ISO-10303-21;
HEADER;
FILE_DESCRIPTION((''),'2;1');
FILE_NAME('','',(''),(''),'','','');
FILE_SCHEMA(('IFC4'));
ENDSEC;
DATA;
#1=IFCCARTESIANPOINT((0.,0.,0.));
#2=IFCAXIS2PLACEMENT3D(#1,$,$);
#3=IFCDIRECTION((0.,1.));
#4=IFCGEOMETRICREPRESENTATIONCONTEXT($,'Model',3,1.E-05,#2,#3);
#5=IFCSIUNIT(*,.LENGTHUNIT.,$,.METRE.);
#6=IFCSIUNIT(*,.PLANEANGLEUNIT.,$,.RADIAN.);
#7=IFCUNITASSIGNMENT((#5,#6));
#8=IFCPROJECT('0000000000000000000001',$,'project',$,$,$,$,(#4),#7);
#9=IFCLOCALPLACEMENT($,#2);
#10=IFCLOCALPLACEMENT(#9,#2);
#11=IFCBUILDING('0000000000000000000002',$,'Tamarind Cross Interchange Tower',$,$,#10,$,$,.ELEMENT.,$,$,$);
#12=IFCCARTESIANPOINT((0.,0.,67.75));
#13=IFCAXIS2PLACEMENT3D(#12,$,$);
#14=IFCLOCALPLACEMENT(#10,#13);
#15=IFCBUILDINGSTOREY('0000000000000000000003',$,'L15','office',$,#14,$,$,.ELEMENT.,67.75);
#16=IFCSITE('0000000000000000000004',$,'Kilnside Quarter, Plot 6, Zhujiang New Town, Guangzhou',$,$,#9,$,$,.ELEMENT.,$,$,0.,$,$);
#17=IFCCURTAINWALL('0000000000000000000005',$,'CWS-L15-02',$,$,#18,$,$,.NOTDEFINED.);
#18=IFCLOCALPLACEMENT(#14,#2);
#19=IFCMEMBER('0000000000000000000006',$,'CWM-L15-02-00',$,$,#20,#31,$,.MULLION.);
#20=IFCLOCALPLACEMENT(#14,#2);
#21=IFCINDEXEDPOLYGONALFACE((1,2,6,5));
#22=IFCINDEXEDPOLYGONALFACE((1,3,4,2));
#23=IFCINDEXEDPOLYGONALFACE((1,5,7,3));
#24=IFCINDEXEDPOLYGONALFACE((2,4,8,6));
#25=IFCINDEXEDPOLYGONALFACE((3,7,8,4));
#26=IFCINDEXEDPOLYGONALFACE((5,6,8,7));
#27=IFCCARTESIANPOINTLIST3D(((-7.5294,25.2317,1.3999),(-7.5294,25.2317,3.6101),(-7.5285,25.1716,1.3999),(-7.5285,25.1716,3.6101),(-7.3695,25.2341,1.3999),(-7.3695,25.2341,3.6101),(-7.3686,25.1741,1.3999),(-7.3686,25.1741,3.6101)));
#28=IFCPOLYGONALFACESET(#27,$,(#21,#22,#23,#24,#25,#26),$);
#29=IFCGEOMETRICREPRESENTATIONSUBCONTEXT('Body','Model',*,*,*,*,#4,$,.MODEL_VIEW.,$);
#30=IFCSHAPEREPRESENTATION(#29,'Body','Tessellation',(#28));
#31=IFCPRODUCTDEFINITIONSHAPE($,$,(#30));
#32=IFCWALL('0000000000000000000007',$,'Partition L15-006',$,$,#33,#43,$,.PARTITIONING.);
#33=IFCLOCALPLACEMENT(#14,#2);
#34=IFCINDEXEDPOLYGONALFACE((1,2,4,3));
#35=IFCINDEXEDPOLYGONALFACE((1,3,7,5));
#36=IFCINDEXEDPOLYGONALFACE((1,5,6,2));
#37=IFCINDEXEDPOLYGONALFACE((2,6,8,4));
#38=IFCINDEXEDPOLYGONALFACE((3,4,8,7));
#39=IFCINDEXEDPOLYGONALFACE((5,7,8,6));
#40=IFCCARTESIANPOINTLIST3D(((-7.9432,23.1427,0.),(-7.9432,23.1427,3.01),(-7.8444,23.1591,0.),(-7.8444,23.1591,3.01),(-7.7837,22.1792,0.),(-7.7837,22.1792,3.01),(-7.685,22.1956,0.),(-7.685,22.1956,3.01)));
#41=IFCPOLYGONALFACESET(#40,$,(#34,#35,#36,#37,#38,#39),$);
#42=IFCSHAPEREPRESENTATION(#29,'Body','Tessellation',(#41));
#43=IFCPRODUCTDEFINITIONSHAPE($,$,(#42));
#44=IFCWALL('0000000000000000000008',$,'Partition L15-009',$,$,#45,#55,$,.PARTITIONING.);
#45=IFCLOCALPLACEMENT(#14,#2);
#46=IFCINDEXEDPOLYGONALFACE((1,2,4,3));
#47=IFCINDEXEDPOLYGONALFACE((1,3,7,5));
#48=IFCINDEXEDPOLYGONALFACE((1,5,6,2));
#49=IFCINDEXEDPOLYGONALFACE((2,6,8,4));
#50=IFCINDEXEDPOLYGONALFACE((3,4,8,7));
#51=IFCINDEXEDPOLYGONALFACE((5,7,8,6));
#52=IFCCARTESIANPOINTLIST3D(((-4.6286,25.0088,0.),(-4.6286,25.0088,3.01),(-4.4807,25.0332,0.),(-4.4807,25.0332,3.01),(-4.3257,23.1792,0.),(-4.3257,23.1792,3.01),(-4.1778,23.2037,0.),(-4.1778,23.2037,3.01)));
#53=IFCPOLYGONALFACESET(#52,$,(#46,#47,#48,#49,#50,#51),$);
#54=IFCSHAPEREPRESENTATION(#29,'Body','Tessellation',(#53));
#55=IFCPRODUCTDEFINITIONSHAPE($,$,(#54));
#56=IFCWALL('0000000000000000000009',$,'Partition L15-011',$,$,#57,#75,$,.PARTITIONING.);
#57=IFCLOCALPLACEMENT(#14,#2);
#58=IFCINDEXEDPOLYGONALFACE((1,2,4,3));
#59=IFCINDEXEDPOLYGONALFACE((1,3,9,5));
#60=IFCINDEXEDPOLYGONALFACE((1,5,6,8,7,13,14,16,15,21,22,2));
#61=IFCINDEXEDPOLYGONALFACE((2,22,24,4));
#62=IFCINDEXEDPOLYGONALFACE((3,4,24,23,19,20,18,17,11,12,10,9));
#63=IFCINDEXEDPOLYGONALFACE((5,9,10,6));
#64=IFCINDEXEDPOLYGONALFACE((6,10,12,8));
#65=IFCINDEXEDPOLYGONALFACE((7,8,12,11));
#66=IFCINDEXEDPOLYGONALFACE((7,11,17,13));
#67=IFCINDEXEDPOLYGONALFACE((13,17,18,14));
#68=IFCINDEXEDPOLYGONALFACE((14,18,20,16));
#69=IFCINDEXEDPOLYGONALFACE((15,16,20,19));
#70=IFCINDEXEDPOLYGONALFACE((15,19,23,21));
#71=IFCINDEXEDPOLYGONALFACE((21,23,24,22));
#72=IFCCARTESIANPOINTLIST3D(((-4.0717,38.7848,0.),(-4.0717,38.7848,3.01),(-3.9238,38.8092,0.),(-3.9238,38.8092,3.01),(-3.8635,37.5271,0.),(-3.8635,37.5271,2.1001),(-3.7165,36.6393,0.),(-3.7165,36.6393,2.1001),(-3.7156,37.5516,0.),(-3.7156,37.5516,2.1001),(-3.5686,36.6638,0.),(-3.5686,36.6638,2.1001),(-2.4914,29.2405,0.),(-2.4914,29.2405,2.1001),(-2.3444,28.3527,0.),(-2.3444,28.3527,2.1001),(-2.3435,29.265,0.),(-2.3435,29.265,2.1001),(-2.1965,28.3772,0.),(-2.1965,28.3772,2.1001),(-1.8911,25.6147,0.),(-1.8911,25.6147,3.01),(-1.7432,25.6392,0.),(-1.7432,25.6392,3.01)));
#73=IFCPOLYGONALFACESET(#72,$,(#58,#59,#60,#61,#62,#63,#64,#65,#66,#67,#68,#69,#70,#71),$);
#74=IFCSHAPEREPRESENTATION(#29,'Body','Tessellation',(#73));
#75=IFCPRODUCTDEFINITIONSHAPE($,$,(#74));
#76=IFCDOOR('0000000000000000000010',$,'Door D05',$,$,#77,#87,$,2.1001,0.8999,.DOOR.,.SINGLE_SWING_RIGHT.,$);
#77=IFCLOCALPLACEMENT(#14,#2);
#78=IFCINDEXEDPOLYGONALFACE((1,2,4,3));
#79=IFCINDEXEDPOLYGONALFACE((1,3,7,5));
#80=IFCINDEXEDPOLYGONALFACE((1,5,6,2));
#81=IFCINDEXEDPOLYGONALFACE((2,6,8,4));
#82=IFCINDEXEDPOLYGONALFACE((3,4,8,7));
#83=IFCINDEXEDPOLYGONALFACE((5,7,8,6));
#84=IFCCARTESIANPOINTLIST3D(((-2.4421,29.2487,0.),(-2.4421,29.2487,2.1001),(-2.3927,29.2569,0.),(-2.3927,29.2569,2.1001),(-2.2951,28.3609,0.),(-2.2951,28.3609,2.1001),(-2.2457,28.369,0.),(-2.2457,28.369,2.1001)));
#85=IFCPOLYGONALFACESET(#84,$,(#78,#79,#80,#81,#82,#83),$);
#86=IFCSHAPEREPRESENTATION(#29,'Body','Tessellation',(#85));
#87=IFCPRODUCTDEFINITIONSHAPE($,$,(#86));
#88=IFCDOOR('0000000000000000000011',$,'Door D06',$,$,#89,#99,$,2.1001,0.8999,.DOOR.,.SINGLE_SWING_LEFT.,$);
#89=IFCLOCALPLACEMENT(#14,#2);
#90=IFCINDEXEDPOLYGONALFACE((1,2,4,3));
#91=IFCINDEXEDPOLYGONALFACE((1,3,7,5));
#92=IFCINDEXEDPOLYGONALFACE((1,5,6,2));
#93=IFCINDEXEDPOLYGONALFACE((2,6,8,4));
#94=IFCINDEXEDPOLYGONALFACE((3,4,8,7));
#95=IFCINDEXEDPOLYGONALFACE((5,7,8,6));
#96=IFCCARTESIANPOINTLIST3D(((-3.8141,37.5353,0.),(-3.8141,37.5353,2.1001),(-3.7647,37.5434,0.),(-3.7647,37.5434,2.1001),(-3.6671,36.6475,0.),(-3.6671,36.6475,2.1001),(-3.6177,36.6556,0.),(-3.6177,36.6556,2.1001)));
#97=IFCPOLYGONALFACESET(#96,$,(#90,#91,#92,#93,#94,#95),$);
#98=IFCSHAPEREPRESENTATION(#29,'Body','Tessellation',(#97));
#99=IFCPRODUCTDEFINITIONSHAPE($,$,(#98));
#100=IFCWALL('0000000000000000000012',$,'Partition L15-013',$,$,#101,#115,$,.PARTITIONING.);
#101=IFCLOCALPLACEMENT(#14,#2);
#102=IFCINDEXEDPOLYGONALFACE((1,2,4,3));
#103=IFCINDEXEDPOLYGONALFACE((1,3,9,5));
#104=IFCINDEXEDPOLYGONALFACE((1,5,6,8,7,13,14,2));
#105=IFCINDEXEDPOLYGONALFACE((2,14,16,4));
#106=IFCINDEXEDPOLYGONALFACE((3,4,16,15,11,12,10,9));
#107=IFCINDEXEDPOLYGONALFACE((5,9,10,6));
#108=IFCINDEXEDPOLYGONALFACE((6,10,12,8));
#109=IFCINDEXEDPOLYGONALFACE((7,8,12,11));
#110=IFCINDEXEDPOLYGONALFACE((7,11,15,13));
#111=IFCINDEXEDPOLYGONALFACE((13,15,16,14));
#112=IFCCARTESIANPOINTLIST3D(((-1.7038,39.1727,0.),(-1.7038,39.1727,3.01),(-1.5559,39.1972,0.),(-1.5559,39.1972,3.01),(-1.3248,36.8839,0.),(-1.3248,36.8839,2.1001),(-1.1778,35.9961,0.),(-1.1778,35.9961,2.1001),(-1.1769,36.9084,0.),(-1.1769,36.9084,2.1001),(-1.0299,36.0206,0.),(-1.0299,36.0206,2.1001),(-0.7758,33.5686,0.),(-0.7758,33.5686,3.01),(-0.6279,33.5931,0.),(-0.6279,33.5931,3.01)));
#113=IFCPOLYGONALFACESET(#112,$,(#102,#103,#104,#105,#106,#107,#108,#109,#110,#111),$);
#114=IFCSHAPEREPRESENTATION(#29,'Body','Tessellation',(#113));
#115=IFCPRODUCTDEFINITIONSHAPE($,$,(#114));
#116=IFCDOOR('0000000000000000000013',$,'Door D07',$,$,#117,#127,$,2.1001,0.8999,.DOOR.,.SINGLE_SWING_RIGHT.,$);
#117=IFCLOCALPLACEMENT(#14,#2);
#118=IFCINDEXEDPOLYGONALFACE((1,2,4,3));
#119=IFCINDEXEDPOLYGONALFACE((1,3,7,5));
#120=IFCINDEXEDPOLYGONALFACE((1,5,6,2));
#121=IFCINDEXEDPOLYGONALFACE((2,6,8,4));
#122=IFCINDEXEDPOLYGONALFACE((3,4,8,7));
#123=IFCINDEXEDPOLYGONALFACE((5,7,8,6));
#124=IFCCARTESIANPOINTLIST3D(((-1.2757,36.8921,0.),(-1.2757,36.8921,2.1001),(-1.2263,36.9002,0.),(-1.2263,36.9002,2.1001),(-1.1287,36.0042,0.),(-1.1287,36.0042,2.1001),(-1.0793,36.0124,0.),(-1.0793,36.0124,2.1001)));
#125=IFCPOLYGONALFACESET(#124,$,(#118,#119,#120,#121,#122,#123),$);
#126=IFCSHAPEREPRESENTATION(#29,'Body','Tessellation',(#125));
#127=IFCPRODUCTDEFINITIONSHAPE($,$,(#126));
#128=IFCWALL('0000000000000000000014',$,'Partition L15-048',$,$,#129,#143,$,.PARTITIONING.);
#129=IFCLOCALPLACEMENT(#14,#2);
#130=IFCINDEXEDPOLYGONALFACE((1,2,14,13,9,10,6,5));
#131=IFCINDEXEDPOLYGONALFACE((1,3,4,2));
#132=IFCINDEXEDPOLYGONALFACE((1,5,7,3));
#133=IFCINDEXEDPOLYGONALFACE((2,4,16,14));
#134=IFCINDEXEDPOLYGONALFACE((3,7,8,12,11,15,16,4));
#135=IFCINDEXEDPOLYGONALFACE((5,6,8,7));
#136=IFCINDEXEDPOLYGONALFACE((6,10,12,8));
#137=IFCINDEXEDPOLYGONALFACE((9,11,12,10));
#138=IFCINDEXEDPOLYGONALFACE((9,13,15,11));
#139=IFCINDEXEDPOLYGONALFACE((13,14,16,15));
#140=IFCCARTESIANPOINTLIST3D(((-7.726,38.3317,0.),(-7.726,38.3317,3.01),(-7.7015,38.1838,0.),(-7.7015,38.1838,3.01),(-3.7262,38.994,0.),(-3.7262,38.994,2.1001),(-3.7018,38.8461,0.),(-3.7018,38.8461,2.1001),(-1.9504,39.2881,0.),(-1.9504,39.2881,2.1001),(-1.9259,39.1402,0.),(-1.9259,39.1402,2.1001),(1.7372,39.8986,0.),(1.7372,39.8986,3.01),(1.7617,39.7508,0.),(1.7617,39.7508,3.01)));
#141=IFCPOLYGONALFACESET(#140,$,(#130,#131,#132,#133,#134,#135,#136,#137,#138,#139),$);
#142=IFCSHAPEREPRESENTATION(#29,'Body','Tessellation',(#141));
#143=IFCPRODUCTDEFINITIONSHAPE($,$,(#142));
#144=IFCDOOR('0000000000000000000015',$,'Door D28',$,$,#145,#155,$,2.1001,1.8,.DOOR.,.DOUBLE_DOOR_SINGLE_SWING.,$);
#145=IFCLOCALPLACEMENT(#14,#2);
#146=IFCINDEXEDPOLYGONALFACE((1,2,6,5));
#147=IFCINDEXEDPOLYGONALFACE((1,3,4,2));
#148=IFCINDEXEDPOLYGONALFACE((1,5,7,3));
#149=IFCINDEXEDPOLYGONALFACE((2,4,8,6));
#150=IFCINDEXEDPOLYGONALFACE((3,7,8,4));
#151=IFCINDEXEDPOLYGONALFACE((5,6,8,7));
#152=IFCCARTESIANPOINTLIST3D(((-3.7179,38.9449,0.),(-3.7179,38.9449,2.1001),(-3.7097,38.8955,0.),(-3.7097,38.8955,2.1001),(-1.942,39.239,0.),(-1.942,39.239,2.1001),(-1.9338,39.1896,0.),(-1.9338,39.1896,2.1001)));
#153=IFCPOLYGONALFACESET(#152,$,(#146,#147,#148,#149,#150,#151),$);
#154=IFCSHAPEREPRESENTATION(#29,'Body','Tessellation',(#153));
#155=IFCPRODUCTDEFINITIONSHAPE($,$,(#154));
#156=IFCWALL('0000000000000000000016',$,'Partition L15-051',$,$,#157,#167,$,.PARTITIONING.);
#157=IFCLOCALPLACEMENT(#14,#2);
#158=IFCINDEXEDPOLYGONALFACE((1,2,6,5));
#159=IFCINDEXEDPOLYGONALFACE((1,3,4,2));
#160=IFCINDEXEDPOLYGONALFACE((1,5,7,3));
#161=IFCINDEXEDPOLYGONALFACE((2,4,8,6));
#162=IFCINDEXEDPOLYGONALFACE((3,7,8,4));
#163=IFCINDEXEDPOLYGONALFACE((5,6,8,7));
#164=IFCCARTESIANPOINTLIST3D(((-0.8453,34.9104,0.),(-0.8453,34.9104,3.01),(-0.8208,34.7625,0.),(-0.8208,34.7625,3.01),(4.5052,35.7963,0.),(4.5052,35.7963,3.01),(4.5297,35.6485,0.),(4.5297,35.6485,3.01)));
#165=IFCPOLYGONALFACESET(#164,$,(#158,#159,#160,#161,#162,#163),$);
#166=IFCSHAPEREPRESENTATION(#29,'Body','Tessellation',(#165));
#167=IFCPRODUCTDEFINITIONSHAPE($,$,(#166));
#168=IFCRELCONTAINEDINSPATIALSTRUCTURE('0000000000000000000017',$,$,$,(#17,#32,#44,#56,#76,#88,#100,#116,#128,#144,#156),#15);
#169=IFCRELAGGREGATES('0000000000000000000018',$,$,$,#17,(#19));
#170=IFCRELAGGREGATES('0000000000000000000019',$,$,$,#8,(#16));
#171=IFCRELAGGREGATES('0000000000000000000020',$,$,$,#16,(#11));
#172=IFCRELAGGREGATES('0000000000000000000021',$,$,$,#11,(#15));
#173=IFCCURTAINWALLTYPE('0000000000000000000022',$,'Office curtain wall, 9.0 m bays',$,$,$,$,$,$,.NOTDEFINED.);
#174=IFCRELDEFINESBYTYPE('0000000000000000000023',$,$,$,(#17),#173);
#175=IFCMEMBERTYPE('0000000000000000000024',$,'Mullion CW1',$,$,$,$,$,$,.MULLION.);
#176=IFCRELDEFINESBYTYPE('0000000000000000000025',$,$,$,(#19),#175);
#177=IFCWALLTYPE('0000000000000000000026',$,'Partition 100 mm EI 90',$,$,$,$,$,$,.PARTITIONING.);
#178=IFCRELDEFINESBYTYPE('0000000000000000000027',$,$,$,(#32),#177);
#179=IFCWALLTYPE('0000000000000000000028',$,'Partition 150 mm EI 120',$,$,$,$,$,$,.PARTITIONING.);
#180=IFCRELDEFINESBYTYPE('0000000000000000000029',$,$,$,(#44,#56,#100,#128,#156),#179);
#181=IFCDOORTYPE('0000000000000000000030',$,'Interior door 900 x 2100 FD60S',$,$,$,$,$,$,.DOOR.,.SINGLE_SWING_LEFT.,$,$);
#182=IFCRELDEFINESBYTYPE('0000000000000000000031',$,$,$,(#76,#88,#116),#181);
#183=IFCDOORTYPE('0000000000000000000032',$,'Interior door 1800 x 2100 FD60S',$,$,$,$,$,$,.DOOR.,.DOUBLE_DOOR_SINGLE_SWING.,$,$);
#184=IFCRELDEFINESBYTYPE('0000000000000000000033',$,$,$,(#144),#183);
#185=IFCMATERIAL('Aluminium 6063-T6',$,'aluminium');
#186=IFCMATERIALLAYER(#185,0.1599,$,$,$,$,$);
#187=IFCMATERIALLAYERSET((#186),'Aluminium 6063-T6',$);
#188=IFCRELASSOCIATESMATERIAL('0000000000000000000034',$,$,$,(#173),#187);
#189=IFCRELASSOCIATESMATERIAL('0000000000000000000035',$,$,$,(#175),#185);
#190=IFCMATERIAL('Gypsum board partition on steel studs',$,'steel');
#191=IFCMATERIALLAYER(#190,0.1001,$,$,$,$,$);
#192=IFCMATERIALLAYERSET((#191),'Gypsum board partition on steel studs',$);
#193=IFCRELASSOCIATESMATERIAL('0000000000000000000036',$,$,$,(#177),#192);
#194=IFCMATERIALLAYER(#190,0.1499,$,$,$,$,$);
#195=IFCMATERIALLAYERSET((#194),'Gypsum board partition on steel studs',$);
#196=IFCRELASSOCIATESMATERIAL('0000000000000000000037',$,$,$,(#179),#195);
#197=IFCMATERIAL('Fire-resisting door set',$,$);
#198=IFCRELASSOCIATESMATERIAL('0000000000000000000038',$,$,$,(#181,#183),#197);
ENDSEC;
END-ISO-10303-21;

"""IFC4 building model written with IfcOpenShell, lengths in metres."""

from ifc_helpers import new_model, si_unit, direction, frame, frame_2d, origin, origin_2d, place, context, subcontext, project, spatial, rectangle, extrude, material, layer, layer_set, material_profile, profile_set, type_object, element, fill, aggregate, save


model = new_model("IFC4")

# Units and contexts
model_context = context("Model", 3, precision=1e-05, world=origin(), true_north=direction((0.0, 1.0)))
body_context = subcontext(model_context, "Body", "Model", "MODEL_VIEW")
ifc_project = project(units=[si_unit("LENGTHUNIT", "METRE"), si_unit("PLANEANGLEUNIT", "RADIAN")], contexts=[model_context])

# Site, building, storey
site_placement = place(None, origin())
site = spatial("IfcSite", under=ifc_project, at=site_placement, Name="Kilnside Quarter, Plot 6, Zhujiang New Town, Guangzhou", CompositionType="ELEMENT", RefElevation=0.0)
building_placement = place(site_placement, origin())
building = spatial("IfcBuilding", under=site, at=building_placement, Name="Tamarind Cross Interchange Tower", CompositionType="ELEMENT")
storey_placement = place(building_placement, frame((0.0, 0.0, 67.75)))
storey = spatial("IfcBuildingStorey", under=building, at=storey_placement, Name="L15", Description="office", CompositionType="ELEMENT", Elevation=67.75)

# Curtain wall, member
ifc_material_1 = material(Name="Aluminium 6063-T6", Category="aluminium")
ifc_layer_1 = layer(ifc_material_1, 0.1599)
ifc_layer_set_1 = layer_set([ifc_layer_1], Name="Aluminium 6063-T6")
curtain_wall_type = type_object("IfcCurtainWallType", Name="Office curtain wall, 9.0 m bays", PredefinedType="NOTDEFINED", material=ifc_layer_set_1)
ifc_material_profile_1 = material_profile(ifc_material_1, rectangle(XDim=0.0601, YDim=0.1599, at=origin_2d()), Name="Mullion CW1")
ifc_profile_set_1 = profile_set([ifc_material_profile_1], Name="Aluminium 6063-T6")
member_type = type_object("IfcMemberType", Name="Mullion CW1", PredefinedType="MULLION", material=ifc_profile_set_1)
curtain_wall_1_placement = place(storey_placement, origin())
curtain_wall_1 = element("IfcCurtainWall", 1, at=curtain_wall_1_placement, inside=storey, type_object=curtain_wall_type, Name="CWS-L15-02", PredefinedType="NOTDEFINED")
member_1_placement = place(storey_placement, frame((-7.449, 25.2029, 1.3999), z_axis=(0.0, 0.0, 1.0), x_axis=(0.015281, -0.999883, 0.0)))
member_1 = element("IfcMember", 2, at=member_1_placement, type_object=member_type, Name="CWM-L15-02-00", PredefinedType="MULLION", context=body_context, shape_type="SweptSolid", body=[
    extrude(rectangle(XDim=0.0601, YDim=0.1599, at=origin_2d()), origin(), (0.0, 0.0, 1.0), 2.2102),
])
aggregate(curtain_wall_1, [member_1])

# Walls
ifc_material_2 = material(Name="Gypsum board partition on steel studs", Category="steel")
ifc_layer_2 = layer(ifc_material_2, 0.1001)
ifc_layer_set_2 = layer_set([ifc_layer_2], Name="Gypsum board partition on steel studs")
wall_type_1 = type_object("IfcWallType", Name="Partition 100 mm EI 90", PredefinedType="PARTITIONING", material=ifc_layer_set_2)
wall_1_placement = place(storey_placement, frame((-7.8938, 23.1509, 0.0), z_axis=(0.0, 0.0, 1.0), x_axis=(0.163264, -0.986582, 0.0)))
element("IfcWall", 3, at=wall_1_placement, inside=storey, type_object=wall_type_1, Name="Partition L15-006", PredefinedType="PARTITIONING", context=body_context, shape_type="SweptSolid", body=[
    extrude(rectangle(XDim=0.9766, YDim=0.1001, at=frame_2d((0.4883, 0.0))), origin(), (0.0, 0.0, 1.0), 3.01),
])
ifc_layer_3 = layer(ifc_material_2, 0.1499)
ifc_layer_set_3 = layer_set([ifc_layer_3], Name="Gypsum board partition on steel studs")
wall_type_2 = type_object("IfcWallType", Name="Partition 150 mm EI 120", PredefinedType="PARTITIONING", material=ifc_layer_set_3)
wall_2_placement = place(storey_placement, frame((-4.5547, 25.021, 0.0), z_axis=(0.0, 0.0, 1.0), x_axis=(0.163374, -0.986564, 0.0)))
element("IfcWall", 4, at=wall_2_placement, inside=storey, type_object=wall_type_2, Name="Partition L15-009", PredefinedType="PARTITIONING", context=body_context, shape_type="SweptSolid", body=[
    extrude(rectangle(XDim=1.8545, YDim=0.1499, at=frame_2d((0.9272, 0.0))), origin(), (0.0, 0.0, 1.0), 3.01),
])

# Wall, openings, doors
wall_3_placement = place(storey_placement, frame((-3.9978, 38.7971, 0.0), z_axis=(0.0, 0.0, 1.0), x_axis=(0.163352, -0.986568, 0.0)))
wall_3 = element("IfcWall", 5, at=wall_3_placement, inside=storey, type_object=wall_type_2, Name="Partition L15-011", PredefinedType="PARTITIONING", context=body_context, shape_type="SweptSolid", body=[
    extrude(rectangle(XDim=13.3494, YDim=0.1499, at=frame_2d((6.6748, 0.0))), origin(), (0.0, 0.0, 1.0), 3.01),
])
opening_1_placement = place(wall_3_placement, frame((9.6743, 0.0, 0.0)))
opening_1 = element("IfcOpeningElement", 6, at=opening_1_placement, cuts=wall_3, PredefinedType="OPENING", context=body_context, shape_type="SweptSolid", body=[
    extrude(rectangle(XDim=0.8999, YDim=2.1001, at=frame_2d((0.45, 1.05))), frame((0.0, 0.085, 0.0), z_axis=(0.0, -1.0, 0.0), x_axis=(1.0, 0.0, 0.0)), (0.0, 0.0, 1.0), 0.1699),
])
opening_2_placement = place(wall_3_placement, frame((1.2749, 0.0, 0.0)))
opening_2 = element("IfcOpeningElement", 7, at=opening_2_placement, cuts=wall_3, PredefinedType="OPENING", context=body_context, shape_type="SweptSolid", body=[
    extrude(rectangle(XDim=0.8999, YDim=2.1001, at=frame_2d((0.45, 1.05))), frame((0.0, 0.085, 0.0), z_axis=(0.0, -1.0, 0.0), x_axis=(1.0, 0.0, 0.0)), (0.0, 0.0, 1.0), 0.1699),
])
ifc_material_3 = material(Name="Fire-resisting door set")
door_type_1 = type_object("IfcDoorType", Name="Interior door 900 x 2100 FD60S", OperationType="SINGLE_SWING_LEFT", PredefinedType="DOOR", material=ifc_material_3)
door_1_placement = place(opening_1_placement, frame((0.8999, 0.0, 0.0), z_axis=(0.0, 0.0, 1.0), x_axis=(-1.0, 0.0, 0.0)))
door_1 = element("IfcDoor", 8, at=door_1_placement, inside=storey, type_object=door_type_1, Name="Door D05", OperationType="SINGLE_SWING_RIGHT", OverallHeight=2.1001, OverallWidth=0.8999, PredefinedType="DOOR", context=body_context, shape_type="SweptSolid", body=[
    extrude(rectangle(XDim=0.8999, YDim=2.1001, at=frame_2d((0.45, 1.05))), frame((0.0, 0.0249, 0.0), z_axis=(0.0, -1.0, 0.0), x_axis=(1.0, 0.0, 0.0)), (0.0, 0.0, 1.0), 0.05),
])
fill(opening_1, door_1)
door_2_placement = place(opening_2_placement, frame((0.8999, 0.0, 0.0), z_axis=(0.0, 0.0, 1.0), x_axis=(-1.0, 0.0, 0.0)))
door_2 = element("IfcDoor", 9, at=door_2_placement, inside=storey, type_object=door_type_1, Name="Door D06", OperationType="SINGLE_SWING_LEFT", OverallHeight=2.1001, OverallWidth=0.8999, PredefinedType="DOOR", context=body_context, shape_type="SweptSolid", body=[
    extrude(rectangle(XDim=0.8999, YDim=2.1001, at=frame_2d((0.45, 1.05))), frame((0.0, 0.0249, 0.0), z_axis=(0.0, -1.0, 0.0), x_axis=(1.0, 0.0, 0.0)), (0.0, 0.0, 1.0), 0.05),
])
fill(opening_2, door_2)

# Walls, openings, doors
wall_4_placement = place(storey_placement, frame((-1.6299, 39.1851, 0.0), z_axis=(0.0, 0.0, 1.0), x_axis=(0.163367, -0.986565, 0.0)))
wall_4 = element("IfcWall", 10, at=wall_4_placement, inside=storey, type_object=wall_type_2, Name="Partition L15-013", PredefinedType="PARTITIONING", context=body_context, shape_type="SweptSolid", body=[
    extrude(rectangle(XDim=5.6804, YDim=0.1499, at=frame_2d((2.8403, 0.0))), origin(), (0.0, 0.0, 1.0), 3.01),
])
opening_3_placement = place(wall_4_placement, frame((2.3201, 0.0, 0.0)))
opening_3 = element("IfcOpeningElement", 11, at=opening_3_placement, cuts=wall_4, PredefinedType="OPENING", context=body_context, shape_type="SweptSolid", body=[
    extrude(rectangle(XDim=0.8999, YDim=2.1001, at=frame_2d((0.45, 1.05))), frame((0.0, 0.085, 0.0), z_axis=(0.0, -1.0, 0.0), x_axis=(1.0, 0.0, 0.0)), (0.0, 0.0, 1.0), 0.1699),
])
door_3_placement = place(opening_3_placement, origin())
door_3 = element("IfcDoor", 12, at=door_3_placement, inside=storey, type_object=door_type_1, Name="Door D07", OperationType="SINGLE_SWING_RIGHT", OverallHeight=2.1001, OverallWidth=0.8999, PredefinedType="DOOR", context=body_context, shape_type="SweptSolid", body=[
    extrude(rectangle(XDim=0.8999, YDim=2.1001, at=frame_2d((0.45, 1.05))), frame((0.0, 0.0249, 0.0), z_axis=(0.0, -1.0, 0.0), x_axis=(1.0, 0.0, 0.0)), (0.0, 0.0, 1.0), 0.05),
])
fill(opening_3, door_3)
wall_5_placement = place(storey_placement, frame((-7.7136, 38.2578, 0.0), z_axis=(0.0, 0.0, 1.0), x_axis=(0.986567, 0.163355, 0.0)))
wall_5 = element("IfcWall", 13, at=wall_5_placement, inside=storey, type_object=wall_type_2, Name="Partition L15-048", PredefinedType="PARTITIONING", context=body_context, shape_type="SweptSolid", body=[
    extrude(rectangle(XDim=9.592, YDim=0.1499, at=frame_2d((4.7959, 0.0))), origin(), (0.0, 0.0, 1.0), 3.01),
])
opening_4_placement = place(wall_5_placement, frame((4.0542, 0.0, 0.0)))
opening_4 = element("IfcOpeningElement", 14, at=opening_4_placement, cuts=wall_5, PredefinedType="OPENING", context=body_context, shape_type="SweptSolid", body=[
    extrude(rectangle(XDim=1.8, YDim=2.1001, at=frame_2d((0.8999, 1.05))), frame((0.0, 0.085, 0.0), z_axis=(0.0, -1.0, 0.0), x_axis=(1.0, 0.0, 0.0)), (0.0, 0.0, 1.0), 0.1699),
])
door_type_2 = type_object("IfcDoorType", Name="Interior door 1800 x 2100 FD60S", OperationType="DOUBLE_DOOR_SINGLE_SWING", PredefinedType="DOOR", material=ifc_material_3)
door_4_placement = place(opening_4_placement, frame((1.8, 0.0, 0.0), z_axis=(0.0, 0.0, 1.0), x_axis=(-1.0, 0.0, 0.0)))
door_4 = element("IfcDoor", 15, at=door_4_placement, inside=storey, type_object=door_type_2, Name="Door D28", OperationType="DOUBLE_DOOR_SINGLE_SWING", OverallHeight=2.1001, OverallWidth=1.8, PredefinedType="DOOR", context=body_context, shape_type="SweptSolid", body=[
    extrude(rectangle(XDim=1.8, YDim=2.1001, at=frame_2d((0.8999, 1.05))), frame((0.0, 0.0249, 0.0), z_axis=(0.0, -1.0, 0.0), x_axis=(1.0, 0.0, 0.0)), (0.0, 0.0, 1.0), 0.05),
])
fill(opening_4, door_4)

# Wall
wall_6_placement = place(storey_placement, frame((-0.833, 34.8364, 0.0), z_axis=(0.0, 0.0, 1.0), x_axis=(0.986566, 0.163362, 0.0)))
element("IfcWall", 16, at=wall_6_placement, inside=storey, type_object=wall_type_2, Name="Partition L15-051", PredefinedType="PARTITIONING", context=body_context, shape_type="SweptSolid", body=[
    extrude(rectangle(XDim=5.4233, YDim=0.1499, at=frame_2d((2.7117, 0.0))), origin(), (0.0, 0.0, 1.0), 3.01),
])

save(model, "model.ifc")
